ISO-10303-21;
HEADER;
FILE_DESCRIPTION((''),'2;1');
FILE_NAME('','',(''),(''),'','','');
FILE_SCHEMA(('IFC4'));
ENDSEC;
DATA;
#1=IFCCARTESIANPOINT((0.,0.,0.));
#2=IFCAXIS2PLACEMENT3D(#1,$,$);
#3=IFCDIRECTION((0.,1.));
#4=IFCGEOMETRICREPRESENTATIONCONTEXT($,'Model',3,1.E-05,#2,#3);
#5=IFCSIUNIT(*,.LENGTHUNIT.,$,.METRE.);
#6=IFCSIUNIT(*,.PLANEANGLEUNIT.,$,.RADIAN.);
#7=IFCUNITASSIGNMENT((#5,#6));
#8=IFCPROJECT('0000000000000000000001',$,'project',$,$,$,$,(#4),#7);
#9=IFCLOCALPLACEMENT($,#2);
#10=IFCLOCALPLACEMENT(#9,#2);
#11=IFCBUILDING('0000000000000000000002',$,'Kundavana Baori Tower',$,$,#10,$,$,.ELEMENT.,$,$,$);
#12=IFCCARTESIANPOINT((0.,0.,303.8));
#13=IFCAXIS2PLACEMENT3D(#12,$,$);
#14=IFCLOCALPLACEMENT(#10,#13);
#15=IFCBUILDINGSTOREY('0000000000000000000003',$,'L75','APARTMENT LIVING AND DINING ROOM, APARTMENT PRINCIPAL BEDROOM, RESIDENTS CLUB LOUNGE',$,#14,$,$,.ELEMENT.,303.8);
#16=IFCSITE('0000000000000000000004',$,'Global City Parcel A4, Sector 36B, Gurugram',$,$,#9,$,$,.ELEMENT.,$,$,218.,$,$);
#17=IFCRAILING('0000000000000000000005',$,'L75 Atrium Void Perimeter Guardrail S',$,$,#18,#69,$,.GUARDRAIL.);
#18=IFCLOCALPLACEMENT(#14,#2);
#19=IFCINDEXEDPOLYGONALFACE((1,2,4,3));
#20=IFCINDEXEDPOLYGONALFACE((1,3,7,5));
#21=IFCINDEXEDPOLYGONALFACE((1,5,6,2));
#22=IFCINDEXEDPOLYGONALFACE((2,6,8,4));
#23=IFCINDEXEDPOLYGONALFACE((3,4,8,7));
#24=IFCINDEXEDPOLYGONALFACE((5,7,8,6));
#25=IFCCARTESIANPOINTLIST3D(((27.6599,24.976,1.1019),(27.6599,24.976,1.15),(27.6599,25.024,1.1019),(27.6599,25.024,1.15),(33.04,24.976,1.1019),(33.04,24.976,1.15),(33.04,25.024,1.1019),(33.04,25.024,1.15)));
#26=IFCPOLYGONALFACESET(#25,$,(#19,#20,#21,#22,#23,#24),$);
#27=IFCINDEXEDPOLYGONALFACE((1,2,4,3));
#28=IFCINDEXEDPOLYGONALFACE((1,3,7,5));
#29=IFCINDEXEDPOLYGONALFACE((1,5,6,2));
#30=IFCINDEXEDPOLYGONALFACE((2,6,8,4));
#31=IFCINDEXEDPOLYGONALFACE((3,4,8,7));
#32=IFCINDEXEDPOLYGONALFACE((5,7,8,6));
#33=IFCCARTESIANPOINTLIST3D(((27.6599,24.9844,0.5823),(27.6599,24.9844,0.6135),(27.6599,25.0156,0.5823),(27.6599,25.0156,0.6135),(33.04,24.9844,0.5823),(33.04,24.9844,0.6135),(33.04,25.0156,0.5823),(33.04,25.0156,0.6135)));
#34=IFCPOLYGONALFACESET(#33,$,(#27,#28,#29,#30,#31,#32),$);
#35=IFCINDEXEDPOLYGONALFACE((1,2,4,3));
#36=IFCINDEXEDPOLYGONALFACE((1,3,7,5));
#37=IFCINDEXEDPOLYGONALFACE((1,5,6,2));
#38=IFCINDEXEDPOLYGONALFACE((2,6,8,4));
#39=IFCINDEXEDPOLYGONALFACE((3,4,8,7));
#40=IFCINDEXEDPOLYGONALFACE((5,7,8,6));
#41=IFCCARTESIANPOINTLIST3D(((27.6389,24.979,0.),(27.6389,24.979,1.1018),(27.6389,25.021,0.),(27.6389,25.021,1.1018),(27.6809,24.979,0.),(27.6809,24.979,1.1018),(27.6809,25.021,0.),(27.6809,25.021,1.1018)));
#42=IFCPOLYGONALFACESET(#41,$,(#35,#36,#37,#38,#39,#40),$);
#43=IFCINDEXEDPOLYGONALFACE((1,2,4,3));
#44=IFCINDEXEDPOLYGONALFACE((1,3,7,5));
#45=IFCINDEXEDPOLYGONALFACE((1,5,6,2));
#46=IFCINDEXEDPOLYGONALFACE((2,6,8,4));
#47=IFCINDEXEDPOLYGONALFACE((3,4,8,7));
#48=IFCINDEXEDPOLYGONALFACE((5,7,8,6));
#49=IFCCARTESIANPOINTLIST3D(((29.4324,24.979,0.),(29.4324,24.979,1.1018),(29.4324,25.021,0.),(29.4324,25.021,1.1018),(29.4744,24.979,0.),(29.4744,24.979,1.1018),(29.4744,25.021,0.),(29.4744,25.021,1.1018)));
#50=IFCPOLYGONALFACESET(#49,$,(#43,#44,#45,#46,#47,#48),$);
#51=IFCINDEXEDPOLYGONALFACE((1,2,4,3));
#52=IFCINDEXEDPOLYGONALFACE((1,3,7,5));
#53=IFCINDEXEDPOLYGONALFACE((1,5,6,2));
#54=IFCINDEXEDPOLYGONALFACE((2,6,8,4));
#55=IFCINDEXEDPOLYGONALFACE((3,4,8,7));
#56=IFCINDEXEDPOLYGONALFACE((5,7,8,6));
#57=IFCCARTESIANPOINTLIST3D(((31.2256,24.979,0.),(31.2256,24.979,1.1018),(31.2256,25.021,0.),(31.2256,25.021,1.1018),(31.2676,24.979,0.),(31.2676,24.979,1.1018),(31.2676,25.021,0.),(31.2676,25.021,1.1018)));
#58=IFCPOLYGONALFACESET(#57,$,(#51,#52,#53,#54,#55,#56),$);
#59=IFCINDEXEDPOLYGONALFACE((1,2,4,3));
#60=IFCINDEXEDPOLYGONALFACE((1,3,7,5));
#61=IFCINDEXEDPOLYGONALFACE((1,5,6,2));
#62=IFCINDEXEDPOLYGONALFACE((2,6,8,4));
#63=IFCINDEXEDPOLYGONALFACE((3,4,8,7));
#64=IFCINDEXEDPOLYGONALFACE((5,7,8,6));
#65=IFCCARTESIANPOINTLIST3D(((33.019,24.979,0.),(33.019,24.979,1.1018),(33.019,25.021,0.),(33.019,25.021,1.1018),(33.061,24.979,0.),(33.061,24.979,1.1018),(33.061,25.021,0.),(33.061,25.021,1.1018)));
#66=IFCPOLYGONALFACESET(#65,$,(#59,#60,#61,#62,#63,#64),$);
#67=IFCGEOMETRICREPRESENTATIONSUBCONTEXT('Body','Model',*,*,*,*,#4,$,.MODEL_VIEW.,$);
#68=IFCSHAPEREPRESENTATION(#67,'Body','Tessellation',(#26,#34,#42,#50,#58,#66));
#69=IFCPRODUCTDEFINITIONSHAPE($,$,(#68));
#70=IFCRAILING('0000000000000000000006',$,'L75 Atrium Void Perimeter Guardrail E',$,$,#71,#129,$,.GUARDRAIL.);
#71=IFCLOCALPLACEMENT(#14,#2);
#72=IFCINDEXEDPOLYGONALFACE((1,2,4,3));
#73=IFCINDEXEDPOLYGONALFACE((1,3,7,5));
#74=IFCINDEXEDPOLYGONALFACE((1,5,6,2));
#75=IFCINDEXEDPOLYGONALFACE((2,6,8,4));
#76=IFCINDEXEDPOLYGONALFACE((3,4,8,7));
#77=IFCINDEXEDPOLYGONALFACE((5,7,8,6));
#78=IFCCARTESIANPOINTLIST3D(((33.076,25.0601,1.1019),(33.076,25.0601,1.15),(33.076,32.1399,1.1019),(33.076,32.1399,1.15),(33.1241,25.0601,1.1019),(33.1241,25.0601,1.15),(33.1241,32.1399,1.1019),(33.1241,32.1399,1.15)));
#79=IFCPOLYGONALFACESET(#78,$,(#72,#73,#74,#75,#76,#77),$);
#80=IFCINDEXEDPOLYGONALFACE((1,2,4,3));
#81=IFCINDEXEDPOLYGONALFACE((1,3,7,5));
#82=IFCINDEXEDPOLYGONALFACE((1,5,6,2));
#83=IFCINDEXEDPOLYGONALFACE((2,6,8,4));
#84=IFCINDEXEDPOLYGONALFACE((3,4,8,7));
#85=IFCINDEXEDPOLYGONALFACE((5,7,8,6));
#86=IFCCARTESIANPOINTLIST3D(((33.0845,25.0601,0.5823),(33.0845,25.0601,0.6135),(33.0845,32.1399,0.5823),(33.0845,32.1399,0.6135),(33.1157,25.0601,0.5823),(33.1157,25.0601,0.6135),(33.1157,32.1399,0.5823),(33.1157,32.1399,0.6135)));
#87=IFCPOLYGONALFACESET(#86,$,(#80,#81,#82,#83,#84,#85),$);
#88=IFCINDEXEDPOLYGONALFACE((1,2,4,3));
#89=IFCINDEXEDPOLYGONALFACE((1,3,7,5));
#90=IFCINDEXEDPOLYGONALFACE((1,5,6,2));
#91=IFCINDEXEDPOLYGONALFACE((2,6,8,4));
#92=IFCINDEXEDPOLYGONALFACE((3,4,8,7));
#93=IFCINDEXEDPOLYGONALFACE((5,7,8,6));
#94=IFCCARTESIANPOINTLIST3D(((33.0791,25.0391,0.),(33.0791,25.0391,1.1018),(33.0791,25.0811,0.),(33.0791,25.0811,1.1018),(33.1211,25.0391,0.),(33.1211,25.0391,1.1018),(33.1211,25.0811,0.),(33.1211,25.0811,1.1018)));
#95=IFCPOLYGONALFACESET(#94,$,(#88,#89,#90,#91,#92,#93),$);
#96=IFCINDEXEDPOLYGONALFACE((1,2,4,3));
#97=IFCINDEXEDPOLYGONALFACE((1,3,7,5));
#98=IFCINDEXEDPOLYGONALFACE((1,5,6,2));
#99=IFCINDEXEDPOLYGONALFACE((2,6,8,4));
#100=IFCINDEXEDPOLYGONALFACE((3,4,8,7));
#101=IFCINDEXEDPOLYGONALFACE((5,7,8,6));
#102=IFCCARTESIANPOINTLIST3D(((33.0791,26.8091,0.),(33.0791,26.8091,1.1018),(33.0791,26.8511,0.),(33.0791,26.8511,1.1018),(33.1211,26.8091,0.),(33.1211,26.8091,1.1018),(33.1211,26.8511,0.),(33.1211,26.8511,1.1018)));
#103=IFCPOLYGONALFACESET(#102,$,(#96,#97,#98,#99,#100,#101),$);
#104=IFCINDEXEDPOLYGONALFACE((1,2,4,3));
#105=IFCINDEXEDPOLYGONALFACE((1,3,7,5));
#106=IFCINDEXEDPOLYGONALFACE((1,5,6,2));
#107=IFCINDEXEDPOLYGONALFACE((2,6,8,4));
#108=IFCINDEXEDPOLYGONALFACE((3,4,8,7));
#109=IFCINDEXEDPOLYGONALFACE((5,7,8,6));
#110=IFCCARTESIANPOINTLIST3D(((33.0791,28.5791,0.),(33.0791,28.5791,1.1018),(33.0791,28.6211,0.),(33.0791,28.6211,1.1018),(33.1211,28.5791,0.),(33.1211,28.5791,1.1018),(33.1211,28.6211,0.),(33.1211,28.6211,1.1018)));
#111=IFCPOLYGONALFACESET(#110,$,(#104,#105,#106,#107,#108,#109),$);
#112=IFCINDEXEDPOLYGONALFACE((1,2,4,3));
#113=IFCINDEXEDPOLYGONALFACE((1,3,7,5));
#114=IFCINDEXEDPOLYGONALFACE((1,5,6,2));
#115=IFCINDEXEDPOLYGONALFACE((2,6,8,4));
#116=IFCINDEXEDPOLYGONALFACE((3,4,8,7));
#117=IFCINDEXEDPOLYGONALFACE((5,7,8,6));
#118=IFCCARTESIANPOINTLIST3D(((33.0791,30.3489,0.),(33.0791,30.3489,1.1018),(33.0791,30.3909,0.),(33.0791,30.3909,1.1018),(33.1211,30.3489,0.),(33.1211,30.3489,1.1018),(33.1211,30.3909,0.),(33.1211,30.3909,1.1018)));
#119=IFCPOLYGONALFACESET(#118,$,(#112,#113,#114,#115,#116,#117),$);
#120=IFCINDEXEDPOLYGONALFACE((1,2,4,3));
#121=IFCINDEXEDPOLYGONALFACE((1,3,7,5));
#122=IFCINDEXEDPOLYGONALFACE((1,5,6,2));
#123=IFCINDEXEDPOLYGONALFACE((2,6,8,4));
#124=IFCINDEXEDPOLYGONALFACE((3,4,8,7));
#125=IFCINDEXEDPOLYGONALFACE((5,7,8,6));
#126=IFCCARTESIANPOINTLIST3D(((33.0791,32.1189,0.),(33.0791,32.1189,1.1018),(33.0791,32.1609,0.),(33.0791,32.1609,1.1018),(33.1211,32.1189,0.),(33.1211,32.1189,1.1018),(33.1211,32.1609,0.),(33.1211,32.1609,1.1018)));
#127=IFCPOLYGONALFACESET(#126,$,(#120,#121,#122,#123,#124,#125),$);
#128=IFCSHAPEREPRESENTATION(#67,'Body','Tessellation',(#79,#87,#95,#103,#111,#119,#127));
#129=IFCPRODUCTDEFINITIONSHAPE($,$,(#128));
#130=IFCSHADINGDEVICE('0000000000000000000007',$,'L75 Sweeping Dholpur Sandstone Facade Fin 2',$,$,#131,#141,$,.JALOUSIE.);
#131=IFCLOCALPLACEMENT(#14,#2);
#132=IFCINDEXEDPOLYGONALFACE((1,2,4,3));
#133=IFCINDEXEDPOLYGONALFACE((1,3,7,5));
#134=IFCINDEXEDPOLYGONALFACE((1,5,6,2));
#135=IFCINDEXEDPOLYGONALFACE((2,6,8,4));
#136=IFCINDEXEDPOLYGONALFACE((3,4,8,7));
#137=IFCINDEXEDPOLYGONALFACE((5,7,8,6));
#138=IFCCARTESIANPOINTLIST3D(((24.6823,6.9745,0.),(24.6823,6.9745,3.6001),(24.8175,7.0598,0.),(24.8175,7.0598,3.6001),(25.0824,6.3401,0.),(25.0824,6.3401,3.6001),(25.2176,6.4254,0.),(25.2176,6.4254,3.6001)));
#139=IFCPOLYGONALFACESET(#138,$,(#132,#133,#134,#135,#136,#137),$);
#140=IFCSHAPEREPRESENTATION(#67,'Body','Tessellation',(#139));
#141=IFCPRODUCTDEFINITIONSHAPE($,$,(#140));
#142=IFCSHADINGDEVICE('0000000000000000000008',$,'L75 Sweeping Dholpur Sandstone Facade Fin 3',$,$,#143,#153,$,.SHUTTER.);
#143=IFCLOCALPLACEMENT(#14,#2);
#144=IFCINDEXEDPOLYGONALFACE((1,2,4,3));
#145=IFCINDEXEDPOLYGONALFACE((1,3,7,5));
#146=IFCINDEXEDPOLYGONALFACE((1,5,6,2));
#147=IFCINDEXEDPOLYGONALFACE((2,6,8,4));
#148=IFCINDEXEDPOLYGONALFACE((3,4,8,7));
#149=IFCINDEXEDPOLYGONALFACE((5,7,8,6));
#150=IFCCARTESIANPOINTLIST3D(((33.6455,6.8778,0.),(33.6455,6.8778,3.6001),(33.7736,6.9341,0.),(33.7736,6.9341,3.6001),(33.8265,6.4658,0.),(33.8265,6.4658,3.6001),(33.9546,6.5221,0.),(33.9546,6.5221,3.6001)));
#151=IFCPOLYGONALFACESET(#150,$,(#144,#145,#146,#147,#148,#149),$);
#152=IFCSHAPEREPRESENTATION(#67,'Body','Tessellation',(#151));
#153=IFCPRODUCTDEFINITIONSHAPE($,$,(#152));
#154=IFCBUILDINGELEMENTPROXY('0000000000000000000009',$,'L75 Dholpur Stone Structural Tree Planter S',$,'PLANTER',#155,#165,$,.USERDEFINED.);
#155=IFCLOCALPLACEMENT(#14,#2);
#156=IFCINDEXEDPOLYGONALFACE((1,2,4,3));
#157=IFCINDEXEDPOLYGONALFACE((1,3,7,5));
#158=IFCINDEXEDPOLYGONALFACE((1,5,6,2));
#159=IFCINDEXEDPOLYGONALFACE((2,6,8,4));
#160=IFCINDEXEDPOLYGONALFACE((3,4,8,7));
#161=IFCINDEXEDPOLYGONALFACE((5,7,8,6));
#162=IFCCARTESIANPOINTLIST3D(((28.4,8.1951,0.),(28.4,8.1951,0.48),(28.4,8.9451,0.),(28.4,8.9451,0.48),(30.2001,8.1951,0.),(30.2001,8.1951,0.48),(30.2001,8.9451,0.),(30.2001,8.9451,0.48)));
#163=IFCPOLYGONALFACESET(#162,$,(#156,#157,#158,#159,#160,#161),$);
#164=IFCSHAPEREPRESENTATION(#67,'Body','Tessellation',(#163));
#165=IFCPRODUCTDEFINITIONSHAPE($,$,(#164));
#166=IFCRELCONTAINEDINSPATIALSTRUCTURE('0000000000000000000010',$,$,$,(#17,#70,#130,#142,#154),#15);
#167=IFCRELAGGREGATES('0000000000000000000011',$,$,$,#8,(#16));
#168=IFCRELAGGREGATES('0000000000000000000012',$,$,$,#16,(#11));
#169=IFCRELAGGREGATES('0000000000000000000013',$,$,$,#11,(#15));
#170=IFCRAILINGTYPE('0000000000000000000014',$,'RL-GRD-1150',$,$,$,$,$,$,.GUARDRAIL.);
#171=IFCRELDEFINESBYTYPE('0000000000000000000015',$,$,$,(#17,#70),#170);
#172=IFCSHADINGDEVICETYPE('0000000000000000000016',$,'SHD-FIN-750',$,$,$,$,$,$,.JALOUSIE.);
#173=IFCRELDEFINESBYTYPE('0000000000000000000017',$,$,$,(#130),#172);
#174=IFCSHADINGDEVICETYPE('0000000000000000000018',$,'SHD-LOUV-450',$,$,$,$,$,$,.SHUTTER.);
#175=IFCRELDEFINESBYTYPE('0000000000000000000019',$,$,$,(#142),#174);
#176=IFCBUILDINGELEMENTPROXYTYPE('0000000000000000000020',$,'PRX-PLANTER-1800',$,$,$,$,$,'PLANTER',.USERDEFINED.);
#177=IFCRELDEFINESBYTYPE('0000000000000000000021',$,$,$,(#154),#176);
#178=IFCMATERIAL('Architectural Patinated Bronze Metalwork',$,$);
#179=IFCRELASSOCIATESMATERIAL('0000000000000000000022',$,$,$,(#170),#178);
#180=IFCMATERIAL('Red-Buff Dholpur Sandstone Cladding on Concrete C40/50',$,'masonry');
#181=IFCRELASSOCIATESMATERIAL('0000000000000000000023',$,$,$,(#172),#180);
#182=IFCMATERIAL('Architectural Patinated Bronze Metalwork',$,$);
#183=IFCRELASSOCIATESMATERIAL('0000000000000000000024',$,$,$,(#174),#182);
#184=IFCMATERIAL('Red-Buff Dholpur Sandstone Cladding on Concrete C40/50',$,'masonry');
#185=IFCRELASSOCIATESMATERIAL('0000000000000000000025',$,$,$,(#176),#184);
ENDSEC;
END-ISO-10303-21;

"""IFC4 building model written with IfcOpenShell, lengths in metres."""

from ifc_helpers import new_model, si_unit, direction, frame, origin, origin_2d, place, context, subcontext, project, spatial, rectangle, extrude, material, type_object, element, save


model = new_model("IFC4")

# Units and contexts
model_context = context("Model", 3, precision=1e-05, world=origin(), true_north=direction((0.0, 1.0)))
body_context = subcontext(model_context, "Body", "Model", "MODEL_VIEW")
ifc_project = project(units=[si_unit("LENGTHUNIT", "METRE"), si_unit("PLANEANGLEUNIT", "RADIAN")], contexts=[model_context])

# Site, building, storey
site_placement = place(None, origin())
site = spatial("IfcSite", under=ifc_project, at=site_placement, Name="Global City Parcel A4, Sector 36B, Gurugram", CompositionType="ELEMENT", RefElevation=218.0)
building_placement = place(site_placement, origin())
building = spatial("IfcBuilding", under=site, at=building_placement, Name="Kundavana Baori Tower", CompositionType="ELEMENT")
storey_placement = place(building_placement, frame((0.0, 0.0, 303.8)))
storey = spatial("IfcBuildingStorey", under=building, at=storey_placement, Name="L75", Description="APARTMENT LIVING AND DINING ROOM, APARTMENT PRINCIPAL BEDROOM, RESIDENTS CLUB LOUNGE", CompositionType="ELEMENT", Elevation=303.8)

# Railings
ifc_material_1 = material(Name="Architectural Patinated Bronze Metalwork")
railing_type = type_object("IfcRailingType", Name="RL-GRD-1150", PredefinedType="GUARDRAIL", material=ifc_material_1)
railing_1_placement = place(storey_placement, frame((27.6599, 25.0, 0.0)))
element("IfcRailing", 1, at=railing_1_placement, inside=storey, type_object=railing_type, Name="L75 Atrium Void Perimeter Guardrail S", PredefinedType="GUARDRAIL", context=body_context, shape_type="SweptSolid", body=[
    extrude(rectangle(XDim=0.0481, YDim=0.0481, at=origin_2d()), frame((0.0, 0.0, 1.126), z_axis=(1.0, 0.0, 0.0), x_axis=(0.0, 1.0, 0.0)), (0.0, 0.0, 1.0), 5.3801),
    extrude(rectangle(XDim=0.0312, YDim=0.0312, at=origin_2d()), frame((0.0, 0.0, 0.5979), z_axis=(1.0, 0.0, 0.0), x_axis=(0.0, 1.0, 0.0)), (0.0, 0.0, 1.0), 5.3801),
    extrude(rectangle(XDim=0.042, YDim=0.042, at=origin_2d()), origin(), (0.0, 0.0, 1.0), 1.1018),
    extrude(rectangle(XDim=0.042, YDim=0.042, at=origin_2d()), frame((1.7935, 0.0, 0.0)), (0.0, 0.0, 1.0), 1.1018),
    extrude(rectangle(XDim=0.042, YDim=0.042, at=origin_2d()), frame((3.5867, 0.0, 0.0)), (0.0, 0.0, 1.0), 1.1018),
    extrude(rectangle(XDim=0.042, YDim=0.042, at=origin_2d()), frame((5.3801, 0.0, 0.0)), (0.0, 0.0, 1.0), 1.1018),
])
railing_2_placement = place(storey_placement, frame((33.1001, 25.0601, 0.0)))
element("IfcRailing", 2, at=railing_2_placement, inside=storey, type_object=railing_type, Name="L75 Atrium Void Perimeter Guardrail E", PredefinedType="GUARDRAIL", context=body_context, shape_type="SweptSolid", body=[
    extrude(rectangle(XDim=0.0481, YDim=0.0481, at=origin_2d()), frame((0.0, 0.0, 1.126), z_axis=(0.0, 1.0, 0.0), x_axis=(-1.0, 0.0, 0.0)), (0.0, 0.0, 1.0), 7.0798),
    extrude(rectangle(XDim=0.0312, YDim=0.0312, at=origin_2d()), frame((0.0, 0.0, 0.5979), z_axis=(0.0, 1.0, 0.0), x_axis=(-1.0, 0.0, 0.0)), (0.0, 0.0, 1.0), 7.0798),
    extrude(rectangle(XDim=0.042, YDim=0.042, at=origin_2d()), origin(), (0.0, 0.0, 1.0), 1.1018),
    extrude(rectangle(XDim=0.042, YDim=0.042, at=origin_2d()), frame((0.0, 1.77, 0.0)), (0.0, 0.0, 1.0), 1.1018),
    extrude(rectangle(XDim=0.042, YDim=0.042, at=origin_2d()), frame((0.0, 3.54, 0.0)), (0.0, 0.0, 1.0), 1.1018),
    extrude(rectangle(XDim=0.042, YDim=0.042, at=origin_2d()), frame((0.0, 5.3098, 0.0)), (0.0, 0.0, 1.0), 1.1018),
    extrude(rectangle(XDim=0.042, YDim=0.042, at=origin_2d()), frame((0.0, 7.0798, 0.0)), (0.0, 0.0, 1.0), 1.1018),
])

# Shading devices
ifc_material_2 = material(Name="Red-Buff Dholpur Sandstone Cladding on Concrete C40/50", Category="masonry")
shading_device_type_1 = type_object("IfcShadingDeviceType", Name="SHD-FIN-750", PredefinedType="JALOUSIE", material=ifc_material_2)
shading_device_1_placement = place(storey_placement, frame((24.95, 6.7, 0.0), z_axis=(0.0, 0.0, 1.0), x_axis=(0.845821, 0.533467, 0.0)))
element("IfcShadingDevice", 3, at=shading_device_1_placement, inside=storey, type_object=shading_device_type_1, Name="L75 Sweeping Dholpur Sandstone Facade Fin 2", PredefinedType="JALOUSIE", context=body_context, shape_type="SweptSolid", body=[
    extrude(rectangle(XDim=0.1599, YDim=0.75, at=origin_2d()), origin(), (0.0, 0.0, 1.0), 3.6001),
])
ifc_material_3 = material(Name="Architectural Patinated Bronze Metalwork")
shading_device_type_2 = type_object("IfcShadingDeviceType", Name="SHD-LOUV-450", PredefinedType="SHUTTER", material=ifc_material_3)
shading_device_2_placement = place(storey_placement, frame((33.8, 6.7, 0.0), z_axis=(0.0, 0.0, 1.0), x_axis=(0.915522, 0.402267, 0.0)))
element("IfcShadingDevice", 4, at=shading_device_2_placement, inside=storey, type_object=shading_device_type_2, Name="L75 Sweeping Dholpur Sandstone Facade Fin 3", PredefinedType="SHUTTER", context=body_context, shape_type="SweptSolid", body=[
    extrude(rectangle(XDim=0.1399, YDim=0.45, at=origin_2d()), origin(), (0.0, 0.0, 1.0), 3.6001),
])

# Building element proxy
ifc_material_4 = material(Name="Red-Buff Dholpur Sandstone Cladding on Concrete C40/50", Category="masonry")
building_element_proxy_type = type_object("IfcBuildingElementProxyType", Name="PRX-PLANTER-1800", ElementType="PLANTER", PredefinedType="USERDEFINED", material=ifc_material_4)
proxy_placement = place(storey_placement, frame((29.3, 8.5701, 0.0), z_axis=(0.0, 0.0, 1.0), x_axis=(1.0, 0.0, 0.0)))
element("IfcBuildingElementProxy", 5, at=proxy_placement, inside=storey, type_object=building_element_proxy_type, Name="L75 Dholpur Stone Structural Tree Planter S", ObjectType="PLANTER", PredefinedType="USERDEFINED", context=body_context, shape_type="SweptSolid", body=[
    extrude(rectangle(XDim=1.8, YDim=0.75, at=origin_2d()), origin(), (0.0, 0.0, 1.0), 0.48),
])

save(model, "model.ifc")
